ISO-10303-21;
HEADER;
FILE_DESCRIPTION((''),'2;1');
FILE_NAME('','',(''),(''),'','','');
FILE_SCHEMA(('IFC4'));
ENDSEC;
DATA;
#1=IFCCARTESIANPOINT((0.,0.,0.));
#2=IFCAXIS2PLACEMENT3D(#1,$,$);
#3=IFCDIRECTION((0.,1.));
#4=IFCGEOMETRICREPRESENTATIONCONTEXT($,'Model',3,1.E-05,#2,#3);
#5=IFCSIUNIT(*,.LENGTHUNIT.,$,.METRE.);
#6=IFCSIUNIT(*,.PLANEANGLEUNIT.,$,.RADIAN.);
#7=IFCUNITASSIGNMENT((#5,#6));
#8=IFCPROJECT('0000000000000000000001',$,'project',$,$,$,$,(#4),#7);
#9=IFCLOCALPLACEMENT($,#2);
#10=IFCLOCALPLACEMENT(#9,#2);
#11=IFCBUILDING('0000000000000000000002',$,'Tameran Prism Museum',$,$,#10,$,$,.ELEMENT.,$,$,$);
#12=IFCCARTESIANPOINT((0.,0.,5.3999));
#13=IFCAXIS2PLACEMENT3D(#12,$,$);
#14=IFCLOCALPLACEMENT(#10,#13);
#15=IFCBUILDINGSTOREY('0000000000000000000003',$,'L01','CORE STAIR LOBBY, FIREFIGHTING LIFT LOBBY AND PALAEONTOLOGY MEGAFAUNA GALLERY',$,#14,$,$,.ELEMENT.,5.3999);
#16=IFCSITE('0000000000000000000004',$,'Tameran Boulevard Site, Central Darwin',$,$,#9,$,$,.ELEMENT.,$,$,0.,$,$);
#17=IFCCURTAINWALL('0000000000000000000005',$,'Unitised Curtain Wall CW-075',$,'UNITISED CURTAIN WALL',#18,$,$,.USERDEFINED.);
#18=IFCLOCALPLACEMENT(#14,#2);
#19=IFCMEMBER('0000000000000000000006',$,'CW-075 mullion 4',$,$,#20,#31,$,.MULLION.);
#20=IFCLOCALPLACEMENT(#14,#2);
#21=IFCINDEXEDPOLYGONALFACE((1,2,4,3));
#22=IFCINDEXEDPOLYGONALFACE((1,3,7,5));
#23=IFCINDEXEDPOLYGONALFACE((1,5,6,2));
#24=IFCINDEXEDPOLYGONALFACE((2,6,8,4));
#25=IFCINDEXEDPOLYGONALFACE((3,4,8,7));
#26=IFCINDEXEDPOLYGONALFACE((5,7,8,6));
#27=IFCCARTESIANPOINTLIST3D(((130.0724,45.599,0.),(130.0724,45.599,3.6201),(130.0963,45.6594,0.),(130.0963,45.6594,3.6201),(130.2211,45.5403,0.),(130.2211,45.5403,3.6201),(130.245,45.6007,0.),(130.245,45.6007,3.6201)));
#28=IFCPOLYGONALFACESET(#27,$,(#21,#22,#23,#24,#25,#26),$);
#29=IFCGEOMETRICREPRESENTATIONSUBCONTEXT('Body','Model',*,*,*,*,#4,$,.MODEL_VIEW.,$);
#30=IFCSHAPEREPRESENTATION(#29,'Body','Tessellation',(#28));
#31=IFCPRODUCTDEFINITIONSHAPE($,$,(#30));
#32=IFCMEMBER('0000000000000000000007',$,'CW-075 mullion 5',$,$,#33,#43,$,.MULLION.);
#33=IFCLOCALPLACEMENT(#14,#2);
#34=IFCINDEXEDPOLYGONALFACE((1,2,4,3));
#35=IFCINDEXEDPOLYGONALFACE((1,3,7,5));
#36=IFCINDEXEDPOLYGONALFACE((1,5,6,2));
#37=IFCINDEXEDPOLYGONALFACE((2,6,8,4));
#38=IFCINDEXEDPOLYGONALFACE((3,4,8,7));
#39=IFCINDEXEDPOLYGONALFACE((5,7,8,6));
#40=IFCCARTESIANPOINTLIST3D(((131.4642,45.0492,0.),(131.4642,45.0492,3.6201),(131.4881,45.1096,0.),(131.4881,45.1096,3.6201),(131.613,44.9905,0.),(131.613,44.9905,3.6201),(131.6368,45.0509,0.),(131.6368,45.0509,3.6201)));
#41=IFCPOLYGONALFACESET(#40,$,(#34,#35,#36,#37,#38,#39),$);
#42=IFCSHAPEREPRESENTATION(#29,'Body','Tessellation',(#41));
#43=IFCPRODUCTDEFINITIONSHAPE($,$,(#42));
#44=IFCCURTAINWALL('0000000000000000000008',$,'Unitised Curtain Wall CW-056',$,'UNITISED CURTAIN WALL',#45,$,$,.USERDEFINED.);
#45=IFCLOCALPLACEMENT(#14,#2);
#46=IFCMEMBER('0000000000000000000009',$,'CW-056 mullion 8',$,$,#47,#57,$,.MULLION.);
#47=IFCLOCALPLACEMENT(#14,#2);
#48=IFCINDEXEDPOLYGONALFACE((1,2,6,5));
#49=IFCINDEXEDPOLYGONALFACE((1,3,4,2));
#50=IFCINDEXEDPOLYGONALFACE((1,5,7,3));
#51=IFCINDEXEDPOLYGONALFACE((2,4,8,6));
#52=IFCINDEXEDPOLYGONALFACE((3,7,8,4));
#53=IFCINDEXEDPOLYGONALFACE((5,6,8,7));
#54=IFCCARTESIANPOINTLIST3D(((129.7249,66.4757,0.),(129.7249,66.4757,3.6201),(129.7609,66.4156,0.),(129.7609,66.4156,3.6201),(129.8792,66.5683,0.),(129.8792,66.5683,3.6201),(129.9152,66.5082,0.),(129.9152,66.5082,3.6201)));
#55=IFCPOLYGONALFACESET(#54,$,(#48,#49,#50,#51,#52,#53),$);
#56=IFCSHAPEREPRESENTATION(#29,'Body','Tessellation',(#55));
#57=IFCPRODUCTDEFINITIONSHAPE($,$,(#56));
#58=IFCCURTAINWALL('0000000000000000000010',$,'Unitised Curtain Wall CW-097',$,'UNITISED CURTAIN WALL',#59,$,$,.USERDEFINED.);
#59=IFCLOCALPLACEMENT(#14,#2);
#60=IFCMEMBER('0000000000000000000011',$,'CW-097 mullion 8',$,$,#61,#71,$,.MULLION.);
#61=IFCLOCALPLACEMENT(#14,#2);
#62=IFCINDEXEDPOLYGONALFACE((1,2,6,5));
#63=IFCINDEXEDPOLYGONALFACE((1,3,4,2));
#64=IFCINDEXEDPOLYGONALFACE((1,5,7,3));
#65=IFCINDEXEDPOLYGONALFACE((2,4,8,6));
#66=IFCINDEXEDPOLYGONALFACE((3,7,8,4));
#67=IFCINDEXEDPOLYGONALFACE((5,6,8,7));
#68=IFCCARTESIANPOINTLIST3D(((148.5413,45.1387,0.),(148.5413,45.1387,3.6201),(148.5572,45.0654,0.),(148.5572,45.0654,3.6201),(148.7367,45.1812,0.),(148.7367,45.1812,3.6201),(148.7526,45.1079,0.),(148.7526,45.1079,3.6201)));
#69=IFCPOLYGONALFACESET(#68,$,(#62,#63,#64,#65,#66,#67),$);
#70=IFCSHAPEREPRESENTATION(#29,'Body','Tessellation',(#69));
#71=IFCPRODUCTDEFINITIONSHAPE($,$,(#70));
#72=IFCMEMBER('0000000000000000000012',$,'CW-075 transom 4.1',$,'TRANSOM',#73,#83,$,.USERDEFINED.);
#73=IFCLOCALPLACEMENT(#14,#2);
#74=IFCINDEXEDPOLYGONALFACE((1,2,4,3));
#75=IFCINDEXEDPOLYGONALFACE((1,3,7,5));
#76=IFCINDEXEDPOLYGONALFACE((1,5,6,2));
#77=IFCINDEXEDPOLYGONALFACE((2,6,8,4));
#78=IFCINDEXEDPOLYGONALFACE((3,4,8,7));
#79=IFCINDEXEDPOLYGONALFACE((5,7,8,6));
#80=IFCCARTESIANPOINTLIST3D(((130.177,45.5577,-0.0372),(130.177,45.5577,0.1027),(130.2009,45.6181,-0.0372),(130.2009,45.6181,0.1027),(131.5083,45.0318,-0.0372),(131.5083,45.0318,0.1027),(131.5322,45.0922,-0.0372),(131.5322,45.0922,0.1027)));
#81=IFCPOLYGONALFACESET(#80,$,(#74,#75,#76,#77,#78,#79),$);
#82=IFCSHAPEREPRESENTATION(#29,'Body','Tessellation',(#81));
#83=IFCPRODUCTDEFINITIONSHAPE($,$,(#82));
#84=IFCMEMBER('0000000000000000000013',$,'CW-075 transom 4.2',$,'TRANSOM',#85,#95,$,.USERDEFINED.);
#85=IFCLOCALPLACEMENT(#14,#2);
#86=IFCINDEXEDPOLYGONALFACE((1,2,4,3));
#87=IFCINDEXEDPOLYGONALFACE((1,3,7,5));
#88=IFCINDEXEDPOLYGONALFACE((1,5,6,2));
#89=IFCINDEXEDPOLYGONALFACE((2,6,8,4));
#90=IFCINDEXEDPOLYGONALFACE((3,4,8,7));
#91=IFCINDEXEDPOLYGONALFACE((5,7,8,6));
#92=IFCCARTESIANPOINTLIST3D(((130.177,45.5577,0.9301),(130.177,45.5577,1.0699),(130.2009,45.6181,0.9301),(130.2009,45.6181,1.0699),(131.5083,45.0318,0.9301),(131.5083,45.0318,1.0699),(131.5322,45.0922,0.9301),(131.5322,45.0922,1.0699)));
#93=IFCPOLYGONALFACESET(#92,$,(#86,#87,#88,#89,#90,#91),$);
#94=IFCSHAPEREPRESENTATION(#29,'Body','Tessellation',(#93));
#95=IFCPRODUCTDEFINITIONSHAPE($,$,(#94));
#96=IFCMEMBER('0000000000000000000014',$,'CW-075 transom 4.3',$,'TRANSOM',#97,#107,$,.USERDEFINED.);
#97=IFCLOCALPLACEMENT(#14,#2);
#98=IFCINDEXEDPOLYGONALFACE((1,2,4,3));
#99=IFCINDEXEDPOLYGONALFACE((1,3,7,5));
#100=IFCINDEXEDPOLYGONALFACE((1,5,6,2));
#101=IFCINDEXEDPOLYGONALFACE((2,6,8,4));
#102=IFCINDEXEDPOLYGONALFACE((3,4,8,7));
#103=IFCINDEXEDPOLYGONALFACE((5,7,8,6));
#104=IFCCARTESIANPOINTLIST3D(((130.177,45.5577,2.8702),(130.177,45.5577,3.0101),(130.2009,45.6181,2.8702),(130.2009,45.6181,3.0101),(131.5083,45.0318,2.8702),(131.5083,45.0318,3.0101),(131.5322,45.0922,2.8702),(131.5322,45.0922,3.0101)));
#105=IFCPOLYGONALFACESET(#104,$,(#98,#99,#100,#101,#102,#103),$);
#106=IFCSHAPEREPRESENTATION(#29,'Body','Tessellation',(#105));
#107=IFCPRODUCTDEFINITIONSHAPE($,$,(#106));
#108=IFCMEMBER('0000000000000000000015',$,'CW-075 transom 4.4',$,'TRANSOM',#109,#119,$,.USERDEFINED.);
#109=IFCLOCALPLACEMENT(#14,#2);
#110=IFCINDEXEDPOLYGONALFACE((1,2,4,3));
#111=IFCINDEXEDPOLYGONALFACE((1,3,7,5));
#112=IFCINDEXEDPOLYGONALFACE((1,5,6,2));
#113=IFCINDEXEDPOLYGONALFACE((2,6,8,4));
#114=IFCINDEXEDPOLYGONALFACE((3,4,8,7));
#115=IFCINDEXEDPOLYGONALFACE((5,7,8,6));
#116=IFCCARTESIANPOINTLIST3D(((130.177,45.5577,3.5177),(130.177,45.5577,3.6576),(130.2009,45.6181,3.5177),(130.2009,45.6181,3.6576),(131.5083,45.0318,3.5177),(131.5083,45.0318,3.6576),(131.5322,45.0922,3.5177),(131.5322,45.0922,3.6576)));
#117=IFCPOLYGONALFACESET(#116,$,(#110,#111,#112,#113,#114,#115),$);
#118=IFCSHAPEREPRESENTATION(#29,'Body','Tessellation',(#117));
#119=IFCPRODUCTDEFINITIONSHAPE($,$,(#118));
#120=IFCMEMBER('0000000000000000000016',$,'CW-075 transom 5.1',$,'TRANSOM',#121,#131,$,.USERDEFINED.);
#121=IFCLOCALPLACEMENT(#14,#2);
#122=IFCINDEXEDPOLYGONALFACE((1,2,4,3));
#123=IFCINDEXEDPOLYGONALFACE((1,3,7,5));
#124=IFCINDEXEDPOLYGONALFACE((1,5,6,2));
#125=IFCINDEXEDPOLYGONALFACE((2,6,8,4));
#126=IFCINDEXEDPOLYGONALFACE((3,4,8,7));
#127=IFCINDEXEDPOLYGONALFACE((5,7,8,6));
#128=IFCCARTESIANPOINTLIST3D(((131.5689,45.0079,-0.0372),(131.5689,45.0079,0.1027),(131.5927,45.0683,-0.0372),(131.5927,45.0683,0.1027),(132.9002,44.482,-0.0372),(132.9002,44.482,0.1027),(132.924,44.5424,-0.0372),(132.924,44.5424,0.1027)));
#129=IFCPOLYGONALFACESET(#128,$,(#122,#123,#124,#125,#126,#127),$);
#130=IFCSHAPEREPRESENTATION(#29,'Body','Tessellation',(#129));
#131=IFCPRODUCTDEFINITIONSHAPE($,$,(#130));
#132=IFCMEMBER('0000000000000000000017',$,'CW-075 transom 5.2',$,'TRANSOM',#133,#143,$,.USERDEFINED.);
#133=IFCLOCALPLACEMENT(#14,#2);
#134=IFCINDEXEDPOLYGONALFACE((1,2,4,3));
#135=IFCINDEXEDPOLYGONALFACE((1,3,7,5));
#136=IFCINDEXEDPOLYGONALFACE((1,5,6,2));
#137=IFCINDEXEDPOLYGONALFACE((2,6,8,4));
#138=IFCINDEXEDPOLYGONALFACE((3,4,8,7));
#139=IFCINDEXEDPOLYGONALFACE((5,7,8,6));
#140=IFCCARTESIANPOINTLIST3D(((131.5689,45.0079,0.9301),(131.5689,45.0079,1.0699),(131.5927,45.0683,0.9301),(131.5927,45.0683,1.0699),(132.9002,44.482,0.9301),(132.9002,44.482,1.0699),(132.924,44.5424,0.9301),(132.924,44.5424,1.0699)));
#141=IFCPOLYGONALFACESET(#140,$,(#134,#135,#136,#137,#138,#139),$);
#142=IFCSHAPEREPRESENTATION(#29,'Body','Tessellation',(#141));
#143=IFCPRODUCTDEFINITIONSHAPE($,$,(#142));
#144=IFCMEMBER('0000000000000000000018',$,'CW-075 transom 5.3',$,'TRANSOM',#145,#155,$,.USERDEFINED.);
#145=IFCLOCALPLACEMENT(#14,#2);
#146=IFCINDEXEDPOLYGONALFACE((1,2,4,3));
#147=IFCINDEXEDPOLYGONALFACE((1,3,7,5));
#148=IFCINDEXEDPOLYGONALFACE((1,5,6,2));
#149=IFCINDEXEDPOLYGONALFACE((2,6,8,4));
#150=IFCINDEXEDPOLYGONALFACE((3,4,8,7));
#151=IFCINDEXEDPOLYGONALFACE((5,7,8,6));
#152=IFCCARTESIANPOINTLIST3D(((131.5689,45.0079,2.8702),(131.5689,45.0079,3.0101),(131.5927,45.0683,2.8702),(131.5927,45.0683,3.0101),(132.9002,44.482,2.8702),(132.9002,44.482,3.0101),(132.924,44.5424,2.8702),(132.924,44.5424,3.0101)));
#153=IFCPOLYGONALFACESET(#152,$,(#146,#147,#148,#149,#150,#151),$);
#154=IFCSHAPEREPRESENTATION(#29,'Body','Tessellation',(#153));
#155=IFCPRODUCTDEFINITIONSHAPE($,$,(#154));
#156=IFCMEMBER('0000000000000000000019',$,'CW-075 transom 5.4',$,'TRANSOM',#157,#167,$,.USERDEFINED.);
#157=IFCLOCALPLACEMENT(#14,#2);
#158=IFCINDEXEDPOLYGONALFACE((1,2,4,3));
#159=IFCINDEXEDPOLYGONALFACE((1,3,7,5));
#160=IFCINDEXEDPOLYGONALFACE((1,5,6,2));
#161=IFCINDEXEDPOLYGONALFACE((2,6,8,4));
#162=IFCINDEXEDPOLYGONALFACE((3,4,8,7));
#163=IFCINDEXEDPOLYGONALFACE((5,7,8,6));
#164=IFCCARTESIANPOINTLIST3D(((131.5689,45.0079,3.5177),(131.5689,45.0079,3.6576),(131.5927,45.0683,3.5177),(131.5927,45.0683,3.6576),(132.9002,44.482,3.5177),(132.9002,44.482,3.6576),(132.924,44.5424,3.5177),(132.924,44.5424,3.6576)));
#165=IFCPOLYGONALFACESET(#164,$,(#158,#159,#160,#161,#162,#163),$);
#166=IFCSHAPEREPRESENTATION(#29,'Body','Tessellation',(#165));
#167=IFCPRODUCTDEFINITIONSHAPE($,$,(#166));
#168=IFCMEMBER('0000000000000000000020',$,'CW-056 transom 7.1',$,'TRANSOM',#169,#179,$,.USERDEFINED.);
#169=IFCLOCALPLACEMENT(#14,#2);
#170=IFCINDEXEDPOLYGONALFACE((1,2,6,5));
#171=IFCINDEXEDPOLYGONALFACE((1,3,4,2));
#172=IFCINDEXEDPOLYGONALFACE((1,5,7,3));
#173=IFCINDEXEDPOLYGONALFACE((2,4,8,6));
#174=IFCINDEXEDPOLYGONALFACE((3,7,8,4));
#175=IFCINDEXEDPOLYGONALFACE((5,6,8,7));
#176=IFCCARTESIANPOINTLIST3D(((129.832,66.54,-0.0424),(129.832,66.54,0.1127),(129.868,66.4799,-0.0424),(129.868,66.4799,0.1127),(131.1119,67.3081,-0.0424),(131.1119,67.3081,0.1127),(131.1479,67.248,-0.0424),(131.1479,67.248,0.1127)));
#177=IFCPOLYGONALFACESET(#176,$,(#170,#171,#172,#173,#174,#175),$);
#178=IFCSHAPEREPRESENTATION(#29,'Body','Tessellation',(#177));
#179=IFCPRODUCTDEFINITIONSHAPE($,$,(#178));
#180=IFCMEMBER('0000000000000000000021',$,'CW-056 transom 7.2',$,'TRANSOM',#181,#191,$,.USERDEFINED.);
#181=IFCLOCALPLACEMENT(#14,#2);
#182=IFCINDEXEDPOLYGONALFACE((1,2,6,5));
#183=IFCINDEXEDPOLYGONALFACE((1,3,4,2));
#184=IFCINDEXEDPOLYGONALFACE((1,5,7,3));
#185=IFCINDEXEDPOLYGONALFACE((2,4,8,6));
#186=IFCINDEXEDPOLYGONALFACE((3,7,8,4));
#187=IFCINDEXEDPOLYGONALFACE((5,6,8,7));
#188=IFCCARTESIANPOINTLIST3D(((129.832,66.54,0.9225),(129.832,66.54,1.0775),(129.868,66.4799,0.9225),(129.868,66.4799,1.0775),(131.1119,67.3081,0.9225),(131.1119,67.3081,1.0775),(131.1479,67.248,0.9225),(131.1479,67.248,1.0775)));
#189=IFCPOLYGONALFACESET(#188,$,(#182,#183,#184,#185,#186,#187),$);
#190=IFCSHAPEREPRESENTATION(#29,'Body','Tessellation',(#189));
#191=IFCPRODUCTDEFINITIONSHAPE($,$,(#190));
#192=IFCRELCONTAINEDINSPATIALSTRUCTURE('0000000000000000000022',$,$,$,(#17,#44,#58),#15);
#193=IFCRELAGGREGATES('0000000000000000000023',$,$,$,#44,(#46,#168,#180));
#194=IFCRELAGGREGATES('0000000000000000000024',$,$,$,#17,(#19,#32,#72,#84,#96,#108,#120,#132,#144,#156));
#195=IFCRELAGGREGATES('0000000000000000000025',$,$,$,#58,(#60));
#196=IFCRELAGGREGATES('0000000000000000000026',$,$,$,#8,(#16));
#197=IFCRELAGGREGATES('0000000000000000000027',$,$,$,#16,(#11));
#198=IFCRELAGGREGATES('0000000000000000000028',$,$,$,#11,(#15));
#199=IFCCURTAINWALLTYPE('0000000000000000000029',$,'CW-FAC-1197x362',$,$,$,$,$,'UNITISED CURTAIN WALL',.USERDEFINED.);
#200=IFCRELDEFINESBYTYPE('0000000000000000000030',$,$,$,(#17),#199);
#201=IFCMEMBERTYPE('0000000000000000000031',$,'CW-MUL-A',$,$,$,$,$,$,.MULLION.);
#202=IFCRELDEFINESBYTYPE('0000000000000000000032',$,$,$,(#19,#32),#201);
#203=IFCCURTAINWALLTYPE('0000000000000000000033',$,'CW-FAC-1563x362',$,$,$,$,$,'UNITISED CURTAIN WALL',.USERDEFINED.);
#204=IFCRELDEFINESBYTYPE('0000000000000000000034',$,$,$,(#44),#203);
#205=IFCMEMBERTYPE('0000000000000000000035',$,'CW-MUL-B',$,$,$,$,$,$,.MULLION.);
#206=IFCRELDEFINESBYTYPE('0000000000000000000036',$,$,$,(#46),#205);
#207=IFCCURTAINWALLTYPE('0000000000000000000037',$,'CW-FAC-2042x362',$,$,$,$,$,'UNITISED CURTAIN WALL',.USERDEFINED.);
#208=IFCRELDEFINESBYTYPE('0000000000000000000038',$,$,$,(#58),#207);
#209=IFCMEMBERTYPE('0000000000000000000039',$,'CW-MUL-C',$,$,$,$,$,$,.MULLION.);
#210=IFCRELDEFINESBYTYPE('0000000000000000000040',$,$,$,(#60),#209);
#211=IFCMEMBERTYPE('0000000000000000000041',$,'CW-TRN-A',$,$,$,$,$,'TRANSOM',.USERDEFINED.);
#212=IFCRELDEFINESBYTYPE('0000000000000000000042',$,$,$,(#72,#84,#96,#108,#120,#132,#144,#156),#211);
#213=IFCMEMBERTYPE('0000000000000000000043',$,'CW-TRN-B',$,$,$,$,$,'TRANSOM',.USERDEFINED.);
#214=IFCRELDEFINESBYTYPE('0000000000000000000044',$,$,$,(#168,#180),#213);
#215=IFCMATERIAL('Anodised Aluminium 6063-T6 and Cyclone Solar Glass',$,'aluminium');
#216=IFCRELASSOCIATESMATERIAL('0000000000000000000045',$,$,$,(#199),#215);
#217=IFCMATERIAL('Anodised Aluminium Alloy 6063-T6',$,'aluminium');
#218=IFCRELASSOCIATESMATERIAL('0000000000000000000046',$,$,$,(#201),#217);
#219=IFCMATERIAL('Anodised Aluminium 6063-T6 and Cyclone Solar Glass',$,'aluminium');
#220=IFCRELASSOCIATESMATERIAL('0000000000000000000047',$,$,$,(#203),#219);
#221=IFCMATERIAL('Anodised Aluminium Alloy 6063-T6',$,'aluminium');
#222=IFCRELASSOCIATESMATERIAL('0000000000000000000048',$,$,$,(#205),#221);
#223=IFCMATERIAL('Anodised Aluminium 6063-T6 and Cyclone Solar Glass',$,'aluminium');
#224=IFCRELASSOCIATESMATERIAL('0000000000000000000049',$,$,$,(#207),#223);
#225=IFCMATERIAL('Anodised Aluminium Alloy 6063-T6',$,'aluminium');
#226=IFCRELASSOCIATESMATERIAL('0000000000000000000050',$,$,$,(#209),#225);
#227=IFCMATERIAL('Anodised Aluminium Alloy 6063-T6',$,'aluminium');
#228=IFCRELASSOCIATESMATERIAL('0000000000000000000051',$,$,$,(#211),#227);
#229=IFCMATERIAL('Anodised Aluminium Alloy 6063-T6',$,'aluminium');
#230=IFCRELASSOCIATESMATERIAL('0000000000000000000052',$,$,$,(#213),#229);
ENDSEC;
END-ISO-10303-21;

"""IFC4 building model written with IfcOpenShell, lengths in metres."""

from ifc_helpers import new_model, si_unit, direction, frame, origin, origin_2d, place, context, subcontext, project, spatial, rectangle, extrude, material, material_profile, profile_set, type_object, element, aggregate, save


model = new_model("IFC4")

# Units and contexts
model_context = context("Model", 3, precision=1e-05, world=origin(), true_north=direction((0.0, 1.0)))
body_context = subcontext(model_context, "Body", "Model", "MODEL_VIEW")
ifc_project = project(units=[si_unit("LENGTHUNIT", "METRE"), si_unit("PLANEANGLEUNIT", "RADIAN")], contexts=[model_context])

# Site, building, storey
site_placement = place(None, origin())
site = spatial("IfcSite", under=ifc_project, at=site_placement, Name="Tameran Boulevard Site, Central Darwin", CompositionType="ELEMENT", RefElevation=0.0)
building_placement = place(site_placement, origin())
building = spatial("IfcBuilding", under=site, at=building_placement, Name="Tameran Prism Museum", CompositionType="ELEMENT")
storey_placement = place(building_placement, frame((0.0, 0.0, 5.3999)))
storey = spatial("IfcBuildingStorey", under=building, at=storey_placement, Name="L01", Description="CORE STAIR LOBBY, FIREFIGHTING LIFT LOBBY AND PALAEONTOLOGY MEGAFAUNA GALLERY", CompositionType="ELEMENT", Elevation=5.3999)

# Curtain wall, members
ifc_material_1 = material(Name="Anodised Aluminium 6063-T6 and Cyclone Solar Glass", Category="aluminium")
curtain_wall_type_1 = type_object("IfcCurtainWallType", Name="CW-FAC-1197x362", ElementType="UNITISED CURTAIN WALL", PredefinedType="USERDEFINED", material=ifc_material_1)
curtain_wall_1_placement = place(storey_placement, origin())
curtain_wall_1 = element("IfcCurtainWall", 1, at=curtain_wall_1_placement, inside=storey, type_object=curtain_wall_type_1, Name="Unitised Curtain Wall CW-075", ObjectType="UNITISED CURTAIN WALL", PredefinedType="USERDEFINED")
ifc_material_2 = material(Name="Anodised Aluminium Alloy 6063-T6", Category="aluminium")
ifc_material_profile_1 = material_profile(ifc_material_2, rectangle(XDim=0.0649, YDim=0.1599, at=origin_2d()))
ifc_profile_set_1 = profile_set([ifc_material_profile_1])
member_type_1 = type_object("IfcMemberType", Name="CW-MUL-A", PredefinedType="MULLION", material=ifc_profile_set_1)
member_1_placement = place(storey_placement, frame((130.1587, 45.5999, 0.0), z_axis=(0.0, 0.0, 1.0), x_axis=(0.367355, 0.930081, 0.0)))
member_1 = element("IfcMember", 2, at=member_1_placement, type_object=member_type_1, Name="CW-075 mullion 4", PredefinedType="MULLION", context=body_context, shape_type="SweptSolid", body=[
    extrude(rectangle(XDim=0.0649, YDim=0.1599, at=origin_2d()), origin(), (0.0, 0.0, 1.0), 3.6201),
])
member_2_placement = place(storey_placement, frame((131.5505, 45.05, 0.0), z_axis=(0.0, 0.0, 1.0), x_axis=(0.367355, 0.930081, 0.0)))
member_2 = element("IfcMember", 3, at=member_2_placement, type_object=member_type_1, Name="CW-075 mullion 5", PredefinedType="MULLION", context=body_context, shape_type="SweptSolid", body=[
    extrude(rectangle(XDim=0.0649, YDim=0.1599, at=origin_2d()), origin(), (0.0, 0.0, 1.0), 3.6201),
])

# Curtain walls, members
ifc_material_3 = material(Name="Anodised Aluminium 6063-T6 and Cyclone Solar Glass", Category="aluminium")
curtain_wall_type_2 = type_object("IfcCurtainWallType", Name="CW-FAC-1563x362", ElementType="UNITISED CURTAIN WALL", PredefinedType="USERDEFINED", material=ifc_material_3)
curtain_wall_2_placement = place(storey_placement, origin())
curtain_wall_2 = element("IfcCurtainWall", 4, at=curtain_wall_2_placement, inside=storey, type_object=curtain_wall_type_2, Name="Unitised Curtain Wall CW-056", ObjectType="UNITISED CURTAIN WALL", PredefinedType="USERDEFINED")
ifc_material_4 = material(Name="Anodised Aluminium Alloy 6063-T6", Category="aluminium")
ifc_material_profile_2 = material_profile(ifc_material_4, rectangle(XDim=0.0701, YDim=0.1799, at=origin_2d()))
ifc_profile_set_2 = profile_set([ifc_material_profile_2])
member_type_2 = type_object("IfcMemberType", Name="CW-MUL-B", PredefinedType="MULLION", material=ifc_profile_set_2)
member_3_placement = place(storey_placement, frame((129.8201, 66.4919, 0.0), z_axis=(0.0, 0.0, 1.0), x_axis=(0.514496, -0.857493, 0.0)))
member_3 = element("IfcMember", 5, at=member_3_placement, type_object=member_type_2, Name="CW-056 mullion 8", PredefinedType="MULLION", context=body_context, shape_type="SweptSolid", body=[
    extrude(rectangle(XDim=0.0701, YDim=0.1799, at=origin_2d()), origin(), (0.0, 0.0, 1.0), 3.6201),
])
ifc_material_5 = material(Name="Anodised Aluminium 6063-T6 and Cyclone Solar Glass", Category="aluminium")
curtain_wall_type_3 = type_object("IfcCurtainWallType", Name="CW-FAC-2042x362", ElementType="UNITISED CURTAIN WALL", PredefinedType="USERDEFINED", material=ifc_material_5)
curtain_wall_3_placement = place(storey_placement, origin())
curtain_wall_3 = element("IfcCurtainWall", 6, at=curtain_wall_3_placement, inside=storey, type_object=curtain_wall_type_3, Name="Unitised Curtain Wall CW-097", ObjectType="UNITISED CURTAIN WALL", PredefinedType="USERDEFINED")
ifc_material_6 = material(Name="Anodised Aluminium Alloy 6063-T6", Category="aluminium")
ifc_material_profile_3 = material_profile(ifc_material_6, rectangle(XDim=0.075, YDim=0.2, at=origin_2d()))
ifc_profile_set_3 = profile_set([ifc_material_profile_3])
member_type_3 = type_object("IfcMemberType", Name="CW-MUL-C", PredefinedType="MULLION", material=ifc_profile_set_3)
member_4_placement = place(storey_placement, frame((148.647, 45.1233, 0.0), z_axis=(0.0, 0.0, 1.0), x_axis=(-0.212454, 0.977171, 0.0)))
member_4 = element("IfcMember", 7, at=member_4_placement, type_object=member_type_3, Name="CW-097 mullion 8", PredefinedType="MULLION", context=body_context, shape_type="SweptSolid", body=[
    extrude(rectangle(XDim=0.075, YDim=0.2, at=origin_2d()), origin(), (0.0, 0.0, 1.0), 3.6201),
])

# Members
ifc_material_7 = material(Name="Anodised Aluminium Alloy 6063-T6", Category="aluminium")
ifc_material_profile_4 = material_profile(ifc_material_7, rectangle(XDim=0.0649, YDim=0.1399, at=origin_2d()))
ifc_profile_set_4 = profile_set([ifc_material_profile_4])
member_type_4 = type_object("IfcMemberType", Name="CW-TRN-A", ElementType="TRANSOM", PredefinedType="USERDEFINED", material=ifc_profile_set_4)
member_5_placement = place(storey_placement, frame((130.189, 45.5879, 0.0327), z_axis=(0.930068, -0.367388, 0.0), x_axis=(0.367388, 0.930068, 0.0)))
member_5 = element("IfcMember", 8, at=member_5_placement, type_object=member_type_4, Name="CW-075 transom 4.1", ObjectType="TRANSOM", PredefinedType="USERDEFINED", context=body_context, shape_type="SweptSolid", body=[
    extrude(rectangle(XDim=0.0649, YDim=0.1399, at=origin_2d()), origin(), (0.0, 0.0, 1.0), 1.4314),
])
member_6_placement = place(storey_placement, frame((130.189, 45.5879, 1.0), z_axis=(0.930068, -0.367388, 0.0), x_axis=(0.367388, 0.930068, 0.0)))
member_6 = element("IfcMember", 9, at=member_6_placement, type_object=member_type_4, Name="CW-075 transom 4.2", ObjectType="TRANSOM", PredefinedType="USERDEFINED", context=body_context, shape_type="SweptSolid", body=[
    extrude(rectangle(XDim=0.0649, YDim=0.1399, at=origin_2d()), origin(), (0.0, 0.0, 1.0), 1.4314),
])
member_7_placement = place(storey_placement, frame((130.189, 45.5879, 2.9402), z_axis=(0.930068, -0.367388, 0.0), x_axis=(0.367388, 0.930068, 0.0)))
member_7 = element("IfcMember", 10, at=member_7_placement, type_object=member_type_4, Name="CW-075 transom 4.3", ObjectType="TRANSOM", PredefinedType="USERDEFINED", context=body_context, shape_type="SweptSolid", body=[
    extrude(rectangle(XDim=0.0649, YDim=0.1399, at=origin_2d()), origin(), (0.0, 0.0, 1.0), 1.4314),
])
member_8_placement = place(storey_placement, frame((130.189, 45.5879, 3.5876), z_axis=(0.930068, -0.367388, 0.0), x_axis=(0.367388, 0.930068, 0.0)))
member_8 = element("IfcMember", 11, at=member_8_placement, type_object=member_type_4, Name="CW-075 transom 4.4", ObjectType="TRANSOM", PredefinedType="USERDEFINED", context=body_context, shape_type="SweptSolid", body=[
    extrude(rectangle(XDim=0.0649, YDim=0.1399, at=origin_2d()), origin(), (0.0, 0.0, 1.0), 1.4314),
])
member_9_placement = place(storey_placement, frame((131.5808, 45.0381, 0.0327), z_axis=(0.930068, -0.367388, 0.0), x_axis=(0.367388, 0.930068, 0.0)))
member_9 = element("IfcMember", 12, at=member_9_placement, type_object=member_type_4, Name="CW-075 transom 5.1", ObjectType="TRANSOM", PredefinedType="USERDEFINED", context=body_context, shape_type="SweptSolid", body=[
    extrude(rectangle(XDim=0.0649, YDim=0.1399, at=origin_2d()), origin(), (0.0, 0.0, 1.0), 1.4314),
])
member_10_placement = place(storey_placement, frame((131.5808, 45.0381, 1.0), z_axis=(0.930068, -0.367388, 0.0), x_axis=(0.367388, 0.930068, 0.0)))
member_10 = element("IfcMember", 13, at=member_10_placement, type_object=member_type_4, Name="CW-075 transom 5.2", ObjectType="TRANSOM", PredefinedType="USERDEFINED", context=body_context, shape_type="SweptSolid", body=[
    extrude(rectangle(XDim=0.0649, YDim=0.1399, at=origin_2d()), origin(), (0.0, 0.0, 1.0), 1.4314),
])
member_11_placement = place(storey_placement, frame((131.5808, 45.0381, 2.9402), z_axis=(0.930068, -0.367388, 0.0), x_axis=(0.367388, 0.930068, 0.0)))
member_11 = element("IfcMember", 14, at=member_11_placement, type_object=member_type_4, Name="CW-075 transom 5.3", ObjectType="TRANSOM", PredefinedType="USERDEFINED", context=body_context, shape_type="SweptSolid", body=[
    extrude(rectangle(XDim=0.0649, YDim=0.1399, at=origin_2d()), origin(), (0.0, 0.0, 1.0), 1.4314),
])
member_12_placement = place(storey_placement, frame((131.5808, 45.0381, 3.5876), z_axis=(0.930068, -0.367388, 0.0), x_axis=(0.367388, 0.930068, 0.0)))
member_12 = element("IfcMember", 15, at=member_12_placement, type_object=member_type_4, Name="CW-075 transom 5.4", ObjectType="TRANSOM", PredefinedType="USERDEFINED", context=body_context, shape_type="SweptSolid", body=[
    extrude(rectangle(XDim=0.0649, YDim=0.1399, at=origin_2d()), origin(), (0.0, 0.0, 1.0), 1.4314),
])
ifc_material_8 = material(Name="Anodised Aluminium Alloy 6063-T6", Category="aluminium")
ifc_material_profile_5 = material_profile(ifc_material_8, rectangle(XDim=0.0701, YDim=0.155, at=origin_2d()))
ifc_profile_set_5 = profile_set([ifc_material_profile_5])
member_type_5 = type_object("IfcMemberType", Name="CW-TRN-B", ElementType="TRANSOM", PredefinedType="USERDEFINED", material=ifc_profile_set_5)
member_13_placement = place(storey_placement, frame((131.1299, 67.2781, 0.0352), z_axis=(-0.857435, -0.514592, 0.0), x_axis=(0.514592, -0.857435, 0.0)))
member_13 = element("IfcMember", 16, at=member_13_placement, type_object=member_type_5, Name="CW-056 transom 7.1", ObjectType="TRANSOM", PredefinedType="USERDEFINED", context=body_context, shape_type="SweptSolid", body=[
    extrude(rectangle(XDim=0.0701, YDim=0.155, at=origin_2d()), origin(), (0.0, 0.0, 1.0), 1.4927),
])
member_14_placement = place(storey_placement, frame((131.1299, 67.2781, 1.0), z_axis=(-0.857435, -0.514592, 0.0), x_axis=(0.514592, -0.857435, 0.0)))
member_14 = element("IfcMember", 17, at=member_14_placement, type_object=member_type_5, Name="CW-056 transom 7.2", ObjectType="TRANSOM", PredefinedType="USERDEFINED", context=body_context, shape_type="SweptSolid", body=[
    extrude(rectangle(XDim=0.0701, YDim=0.155, at=origin_2d()), origin(), (0.0, 0.0, 1.0), 1.4927),
])

aggregate(curtain_wall_2, [member_3, member_13, member_14])
aggregate(curtain_wall_1, [member_1, member_2, member_5, member_6, member_7, member_8, member_9, member_10, member_11, member_12])
aggregate(curtain_wall_3, [member_4])

save(model, "model.ifc")
